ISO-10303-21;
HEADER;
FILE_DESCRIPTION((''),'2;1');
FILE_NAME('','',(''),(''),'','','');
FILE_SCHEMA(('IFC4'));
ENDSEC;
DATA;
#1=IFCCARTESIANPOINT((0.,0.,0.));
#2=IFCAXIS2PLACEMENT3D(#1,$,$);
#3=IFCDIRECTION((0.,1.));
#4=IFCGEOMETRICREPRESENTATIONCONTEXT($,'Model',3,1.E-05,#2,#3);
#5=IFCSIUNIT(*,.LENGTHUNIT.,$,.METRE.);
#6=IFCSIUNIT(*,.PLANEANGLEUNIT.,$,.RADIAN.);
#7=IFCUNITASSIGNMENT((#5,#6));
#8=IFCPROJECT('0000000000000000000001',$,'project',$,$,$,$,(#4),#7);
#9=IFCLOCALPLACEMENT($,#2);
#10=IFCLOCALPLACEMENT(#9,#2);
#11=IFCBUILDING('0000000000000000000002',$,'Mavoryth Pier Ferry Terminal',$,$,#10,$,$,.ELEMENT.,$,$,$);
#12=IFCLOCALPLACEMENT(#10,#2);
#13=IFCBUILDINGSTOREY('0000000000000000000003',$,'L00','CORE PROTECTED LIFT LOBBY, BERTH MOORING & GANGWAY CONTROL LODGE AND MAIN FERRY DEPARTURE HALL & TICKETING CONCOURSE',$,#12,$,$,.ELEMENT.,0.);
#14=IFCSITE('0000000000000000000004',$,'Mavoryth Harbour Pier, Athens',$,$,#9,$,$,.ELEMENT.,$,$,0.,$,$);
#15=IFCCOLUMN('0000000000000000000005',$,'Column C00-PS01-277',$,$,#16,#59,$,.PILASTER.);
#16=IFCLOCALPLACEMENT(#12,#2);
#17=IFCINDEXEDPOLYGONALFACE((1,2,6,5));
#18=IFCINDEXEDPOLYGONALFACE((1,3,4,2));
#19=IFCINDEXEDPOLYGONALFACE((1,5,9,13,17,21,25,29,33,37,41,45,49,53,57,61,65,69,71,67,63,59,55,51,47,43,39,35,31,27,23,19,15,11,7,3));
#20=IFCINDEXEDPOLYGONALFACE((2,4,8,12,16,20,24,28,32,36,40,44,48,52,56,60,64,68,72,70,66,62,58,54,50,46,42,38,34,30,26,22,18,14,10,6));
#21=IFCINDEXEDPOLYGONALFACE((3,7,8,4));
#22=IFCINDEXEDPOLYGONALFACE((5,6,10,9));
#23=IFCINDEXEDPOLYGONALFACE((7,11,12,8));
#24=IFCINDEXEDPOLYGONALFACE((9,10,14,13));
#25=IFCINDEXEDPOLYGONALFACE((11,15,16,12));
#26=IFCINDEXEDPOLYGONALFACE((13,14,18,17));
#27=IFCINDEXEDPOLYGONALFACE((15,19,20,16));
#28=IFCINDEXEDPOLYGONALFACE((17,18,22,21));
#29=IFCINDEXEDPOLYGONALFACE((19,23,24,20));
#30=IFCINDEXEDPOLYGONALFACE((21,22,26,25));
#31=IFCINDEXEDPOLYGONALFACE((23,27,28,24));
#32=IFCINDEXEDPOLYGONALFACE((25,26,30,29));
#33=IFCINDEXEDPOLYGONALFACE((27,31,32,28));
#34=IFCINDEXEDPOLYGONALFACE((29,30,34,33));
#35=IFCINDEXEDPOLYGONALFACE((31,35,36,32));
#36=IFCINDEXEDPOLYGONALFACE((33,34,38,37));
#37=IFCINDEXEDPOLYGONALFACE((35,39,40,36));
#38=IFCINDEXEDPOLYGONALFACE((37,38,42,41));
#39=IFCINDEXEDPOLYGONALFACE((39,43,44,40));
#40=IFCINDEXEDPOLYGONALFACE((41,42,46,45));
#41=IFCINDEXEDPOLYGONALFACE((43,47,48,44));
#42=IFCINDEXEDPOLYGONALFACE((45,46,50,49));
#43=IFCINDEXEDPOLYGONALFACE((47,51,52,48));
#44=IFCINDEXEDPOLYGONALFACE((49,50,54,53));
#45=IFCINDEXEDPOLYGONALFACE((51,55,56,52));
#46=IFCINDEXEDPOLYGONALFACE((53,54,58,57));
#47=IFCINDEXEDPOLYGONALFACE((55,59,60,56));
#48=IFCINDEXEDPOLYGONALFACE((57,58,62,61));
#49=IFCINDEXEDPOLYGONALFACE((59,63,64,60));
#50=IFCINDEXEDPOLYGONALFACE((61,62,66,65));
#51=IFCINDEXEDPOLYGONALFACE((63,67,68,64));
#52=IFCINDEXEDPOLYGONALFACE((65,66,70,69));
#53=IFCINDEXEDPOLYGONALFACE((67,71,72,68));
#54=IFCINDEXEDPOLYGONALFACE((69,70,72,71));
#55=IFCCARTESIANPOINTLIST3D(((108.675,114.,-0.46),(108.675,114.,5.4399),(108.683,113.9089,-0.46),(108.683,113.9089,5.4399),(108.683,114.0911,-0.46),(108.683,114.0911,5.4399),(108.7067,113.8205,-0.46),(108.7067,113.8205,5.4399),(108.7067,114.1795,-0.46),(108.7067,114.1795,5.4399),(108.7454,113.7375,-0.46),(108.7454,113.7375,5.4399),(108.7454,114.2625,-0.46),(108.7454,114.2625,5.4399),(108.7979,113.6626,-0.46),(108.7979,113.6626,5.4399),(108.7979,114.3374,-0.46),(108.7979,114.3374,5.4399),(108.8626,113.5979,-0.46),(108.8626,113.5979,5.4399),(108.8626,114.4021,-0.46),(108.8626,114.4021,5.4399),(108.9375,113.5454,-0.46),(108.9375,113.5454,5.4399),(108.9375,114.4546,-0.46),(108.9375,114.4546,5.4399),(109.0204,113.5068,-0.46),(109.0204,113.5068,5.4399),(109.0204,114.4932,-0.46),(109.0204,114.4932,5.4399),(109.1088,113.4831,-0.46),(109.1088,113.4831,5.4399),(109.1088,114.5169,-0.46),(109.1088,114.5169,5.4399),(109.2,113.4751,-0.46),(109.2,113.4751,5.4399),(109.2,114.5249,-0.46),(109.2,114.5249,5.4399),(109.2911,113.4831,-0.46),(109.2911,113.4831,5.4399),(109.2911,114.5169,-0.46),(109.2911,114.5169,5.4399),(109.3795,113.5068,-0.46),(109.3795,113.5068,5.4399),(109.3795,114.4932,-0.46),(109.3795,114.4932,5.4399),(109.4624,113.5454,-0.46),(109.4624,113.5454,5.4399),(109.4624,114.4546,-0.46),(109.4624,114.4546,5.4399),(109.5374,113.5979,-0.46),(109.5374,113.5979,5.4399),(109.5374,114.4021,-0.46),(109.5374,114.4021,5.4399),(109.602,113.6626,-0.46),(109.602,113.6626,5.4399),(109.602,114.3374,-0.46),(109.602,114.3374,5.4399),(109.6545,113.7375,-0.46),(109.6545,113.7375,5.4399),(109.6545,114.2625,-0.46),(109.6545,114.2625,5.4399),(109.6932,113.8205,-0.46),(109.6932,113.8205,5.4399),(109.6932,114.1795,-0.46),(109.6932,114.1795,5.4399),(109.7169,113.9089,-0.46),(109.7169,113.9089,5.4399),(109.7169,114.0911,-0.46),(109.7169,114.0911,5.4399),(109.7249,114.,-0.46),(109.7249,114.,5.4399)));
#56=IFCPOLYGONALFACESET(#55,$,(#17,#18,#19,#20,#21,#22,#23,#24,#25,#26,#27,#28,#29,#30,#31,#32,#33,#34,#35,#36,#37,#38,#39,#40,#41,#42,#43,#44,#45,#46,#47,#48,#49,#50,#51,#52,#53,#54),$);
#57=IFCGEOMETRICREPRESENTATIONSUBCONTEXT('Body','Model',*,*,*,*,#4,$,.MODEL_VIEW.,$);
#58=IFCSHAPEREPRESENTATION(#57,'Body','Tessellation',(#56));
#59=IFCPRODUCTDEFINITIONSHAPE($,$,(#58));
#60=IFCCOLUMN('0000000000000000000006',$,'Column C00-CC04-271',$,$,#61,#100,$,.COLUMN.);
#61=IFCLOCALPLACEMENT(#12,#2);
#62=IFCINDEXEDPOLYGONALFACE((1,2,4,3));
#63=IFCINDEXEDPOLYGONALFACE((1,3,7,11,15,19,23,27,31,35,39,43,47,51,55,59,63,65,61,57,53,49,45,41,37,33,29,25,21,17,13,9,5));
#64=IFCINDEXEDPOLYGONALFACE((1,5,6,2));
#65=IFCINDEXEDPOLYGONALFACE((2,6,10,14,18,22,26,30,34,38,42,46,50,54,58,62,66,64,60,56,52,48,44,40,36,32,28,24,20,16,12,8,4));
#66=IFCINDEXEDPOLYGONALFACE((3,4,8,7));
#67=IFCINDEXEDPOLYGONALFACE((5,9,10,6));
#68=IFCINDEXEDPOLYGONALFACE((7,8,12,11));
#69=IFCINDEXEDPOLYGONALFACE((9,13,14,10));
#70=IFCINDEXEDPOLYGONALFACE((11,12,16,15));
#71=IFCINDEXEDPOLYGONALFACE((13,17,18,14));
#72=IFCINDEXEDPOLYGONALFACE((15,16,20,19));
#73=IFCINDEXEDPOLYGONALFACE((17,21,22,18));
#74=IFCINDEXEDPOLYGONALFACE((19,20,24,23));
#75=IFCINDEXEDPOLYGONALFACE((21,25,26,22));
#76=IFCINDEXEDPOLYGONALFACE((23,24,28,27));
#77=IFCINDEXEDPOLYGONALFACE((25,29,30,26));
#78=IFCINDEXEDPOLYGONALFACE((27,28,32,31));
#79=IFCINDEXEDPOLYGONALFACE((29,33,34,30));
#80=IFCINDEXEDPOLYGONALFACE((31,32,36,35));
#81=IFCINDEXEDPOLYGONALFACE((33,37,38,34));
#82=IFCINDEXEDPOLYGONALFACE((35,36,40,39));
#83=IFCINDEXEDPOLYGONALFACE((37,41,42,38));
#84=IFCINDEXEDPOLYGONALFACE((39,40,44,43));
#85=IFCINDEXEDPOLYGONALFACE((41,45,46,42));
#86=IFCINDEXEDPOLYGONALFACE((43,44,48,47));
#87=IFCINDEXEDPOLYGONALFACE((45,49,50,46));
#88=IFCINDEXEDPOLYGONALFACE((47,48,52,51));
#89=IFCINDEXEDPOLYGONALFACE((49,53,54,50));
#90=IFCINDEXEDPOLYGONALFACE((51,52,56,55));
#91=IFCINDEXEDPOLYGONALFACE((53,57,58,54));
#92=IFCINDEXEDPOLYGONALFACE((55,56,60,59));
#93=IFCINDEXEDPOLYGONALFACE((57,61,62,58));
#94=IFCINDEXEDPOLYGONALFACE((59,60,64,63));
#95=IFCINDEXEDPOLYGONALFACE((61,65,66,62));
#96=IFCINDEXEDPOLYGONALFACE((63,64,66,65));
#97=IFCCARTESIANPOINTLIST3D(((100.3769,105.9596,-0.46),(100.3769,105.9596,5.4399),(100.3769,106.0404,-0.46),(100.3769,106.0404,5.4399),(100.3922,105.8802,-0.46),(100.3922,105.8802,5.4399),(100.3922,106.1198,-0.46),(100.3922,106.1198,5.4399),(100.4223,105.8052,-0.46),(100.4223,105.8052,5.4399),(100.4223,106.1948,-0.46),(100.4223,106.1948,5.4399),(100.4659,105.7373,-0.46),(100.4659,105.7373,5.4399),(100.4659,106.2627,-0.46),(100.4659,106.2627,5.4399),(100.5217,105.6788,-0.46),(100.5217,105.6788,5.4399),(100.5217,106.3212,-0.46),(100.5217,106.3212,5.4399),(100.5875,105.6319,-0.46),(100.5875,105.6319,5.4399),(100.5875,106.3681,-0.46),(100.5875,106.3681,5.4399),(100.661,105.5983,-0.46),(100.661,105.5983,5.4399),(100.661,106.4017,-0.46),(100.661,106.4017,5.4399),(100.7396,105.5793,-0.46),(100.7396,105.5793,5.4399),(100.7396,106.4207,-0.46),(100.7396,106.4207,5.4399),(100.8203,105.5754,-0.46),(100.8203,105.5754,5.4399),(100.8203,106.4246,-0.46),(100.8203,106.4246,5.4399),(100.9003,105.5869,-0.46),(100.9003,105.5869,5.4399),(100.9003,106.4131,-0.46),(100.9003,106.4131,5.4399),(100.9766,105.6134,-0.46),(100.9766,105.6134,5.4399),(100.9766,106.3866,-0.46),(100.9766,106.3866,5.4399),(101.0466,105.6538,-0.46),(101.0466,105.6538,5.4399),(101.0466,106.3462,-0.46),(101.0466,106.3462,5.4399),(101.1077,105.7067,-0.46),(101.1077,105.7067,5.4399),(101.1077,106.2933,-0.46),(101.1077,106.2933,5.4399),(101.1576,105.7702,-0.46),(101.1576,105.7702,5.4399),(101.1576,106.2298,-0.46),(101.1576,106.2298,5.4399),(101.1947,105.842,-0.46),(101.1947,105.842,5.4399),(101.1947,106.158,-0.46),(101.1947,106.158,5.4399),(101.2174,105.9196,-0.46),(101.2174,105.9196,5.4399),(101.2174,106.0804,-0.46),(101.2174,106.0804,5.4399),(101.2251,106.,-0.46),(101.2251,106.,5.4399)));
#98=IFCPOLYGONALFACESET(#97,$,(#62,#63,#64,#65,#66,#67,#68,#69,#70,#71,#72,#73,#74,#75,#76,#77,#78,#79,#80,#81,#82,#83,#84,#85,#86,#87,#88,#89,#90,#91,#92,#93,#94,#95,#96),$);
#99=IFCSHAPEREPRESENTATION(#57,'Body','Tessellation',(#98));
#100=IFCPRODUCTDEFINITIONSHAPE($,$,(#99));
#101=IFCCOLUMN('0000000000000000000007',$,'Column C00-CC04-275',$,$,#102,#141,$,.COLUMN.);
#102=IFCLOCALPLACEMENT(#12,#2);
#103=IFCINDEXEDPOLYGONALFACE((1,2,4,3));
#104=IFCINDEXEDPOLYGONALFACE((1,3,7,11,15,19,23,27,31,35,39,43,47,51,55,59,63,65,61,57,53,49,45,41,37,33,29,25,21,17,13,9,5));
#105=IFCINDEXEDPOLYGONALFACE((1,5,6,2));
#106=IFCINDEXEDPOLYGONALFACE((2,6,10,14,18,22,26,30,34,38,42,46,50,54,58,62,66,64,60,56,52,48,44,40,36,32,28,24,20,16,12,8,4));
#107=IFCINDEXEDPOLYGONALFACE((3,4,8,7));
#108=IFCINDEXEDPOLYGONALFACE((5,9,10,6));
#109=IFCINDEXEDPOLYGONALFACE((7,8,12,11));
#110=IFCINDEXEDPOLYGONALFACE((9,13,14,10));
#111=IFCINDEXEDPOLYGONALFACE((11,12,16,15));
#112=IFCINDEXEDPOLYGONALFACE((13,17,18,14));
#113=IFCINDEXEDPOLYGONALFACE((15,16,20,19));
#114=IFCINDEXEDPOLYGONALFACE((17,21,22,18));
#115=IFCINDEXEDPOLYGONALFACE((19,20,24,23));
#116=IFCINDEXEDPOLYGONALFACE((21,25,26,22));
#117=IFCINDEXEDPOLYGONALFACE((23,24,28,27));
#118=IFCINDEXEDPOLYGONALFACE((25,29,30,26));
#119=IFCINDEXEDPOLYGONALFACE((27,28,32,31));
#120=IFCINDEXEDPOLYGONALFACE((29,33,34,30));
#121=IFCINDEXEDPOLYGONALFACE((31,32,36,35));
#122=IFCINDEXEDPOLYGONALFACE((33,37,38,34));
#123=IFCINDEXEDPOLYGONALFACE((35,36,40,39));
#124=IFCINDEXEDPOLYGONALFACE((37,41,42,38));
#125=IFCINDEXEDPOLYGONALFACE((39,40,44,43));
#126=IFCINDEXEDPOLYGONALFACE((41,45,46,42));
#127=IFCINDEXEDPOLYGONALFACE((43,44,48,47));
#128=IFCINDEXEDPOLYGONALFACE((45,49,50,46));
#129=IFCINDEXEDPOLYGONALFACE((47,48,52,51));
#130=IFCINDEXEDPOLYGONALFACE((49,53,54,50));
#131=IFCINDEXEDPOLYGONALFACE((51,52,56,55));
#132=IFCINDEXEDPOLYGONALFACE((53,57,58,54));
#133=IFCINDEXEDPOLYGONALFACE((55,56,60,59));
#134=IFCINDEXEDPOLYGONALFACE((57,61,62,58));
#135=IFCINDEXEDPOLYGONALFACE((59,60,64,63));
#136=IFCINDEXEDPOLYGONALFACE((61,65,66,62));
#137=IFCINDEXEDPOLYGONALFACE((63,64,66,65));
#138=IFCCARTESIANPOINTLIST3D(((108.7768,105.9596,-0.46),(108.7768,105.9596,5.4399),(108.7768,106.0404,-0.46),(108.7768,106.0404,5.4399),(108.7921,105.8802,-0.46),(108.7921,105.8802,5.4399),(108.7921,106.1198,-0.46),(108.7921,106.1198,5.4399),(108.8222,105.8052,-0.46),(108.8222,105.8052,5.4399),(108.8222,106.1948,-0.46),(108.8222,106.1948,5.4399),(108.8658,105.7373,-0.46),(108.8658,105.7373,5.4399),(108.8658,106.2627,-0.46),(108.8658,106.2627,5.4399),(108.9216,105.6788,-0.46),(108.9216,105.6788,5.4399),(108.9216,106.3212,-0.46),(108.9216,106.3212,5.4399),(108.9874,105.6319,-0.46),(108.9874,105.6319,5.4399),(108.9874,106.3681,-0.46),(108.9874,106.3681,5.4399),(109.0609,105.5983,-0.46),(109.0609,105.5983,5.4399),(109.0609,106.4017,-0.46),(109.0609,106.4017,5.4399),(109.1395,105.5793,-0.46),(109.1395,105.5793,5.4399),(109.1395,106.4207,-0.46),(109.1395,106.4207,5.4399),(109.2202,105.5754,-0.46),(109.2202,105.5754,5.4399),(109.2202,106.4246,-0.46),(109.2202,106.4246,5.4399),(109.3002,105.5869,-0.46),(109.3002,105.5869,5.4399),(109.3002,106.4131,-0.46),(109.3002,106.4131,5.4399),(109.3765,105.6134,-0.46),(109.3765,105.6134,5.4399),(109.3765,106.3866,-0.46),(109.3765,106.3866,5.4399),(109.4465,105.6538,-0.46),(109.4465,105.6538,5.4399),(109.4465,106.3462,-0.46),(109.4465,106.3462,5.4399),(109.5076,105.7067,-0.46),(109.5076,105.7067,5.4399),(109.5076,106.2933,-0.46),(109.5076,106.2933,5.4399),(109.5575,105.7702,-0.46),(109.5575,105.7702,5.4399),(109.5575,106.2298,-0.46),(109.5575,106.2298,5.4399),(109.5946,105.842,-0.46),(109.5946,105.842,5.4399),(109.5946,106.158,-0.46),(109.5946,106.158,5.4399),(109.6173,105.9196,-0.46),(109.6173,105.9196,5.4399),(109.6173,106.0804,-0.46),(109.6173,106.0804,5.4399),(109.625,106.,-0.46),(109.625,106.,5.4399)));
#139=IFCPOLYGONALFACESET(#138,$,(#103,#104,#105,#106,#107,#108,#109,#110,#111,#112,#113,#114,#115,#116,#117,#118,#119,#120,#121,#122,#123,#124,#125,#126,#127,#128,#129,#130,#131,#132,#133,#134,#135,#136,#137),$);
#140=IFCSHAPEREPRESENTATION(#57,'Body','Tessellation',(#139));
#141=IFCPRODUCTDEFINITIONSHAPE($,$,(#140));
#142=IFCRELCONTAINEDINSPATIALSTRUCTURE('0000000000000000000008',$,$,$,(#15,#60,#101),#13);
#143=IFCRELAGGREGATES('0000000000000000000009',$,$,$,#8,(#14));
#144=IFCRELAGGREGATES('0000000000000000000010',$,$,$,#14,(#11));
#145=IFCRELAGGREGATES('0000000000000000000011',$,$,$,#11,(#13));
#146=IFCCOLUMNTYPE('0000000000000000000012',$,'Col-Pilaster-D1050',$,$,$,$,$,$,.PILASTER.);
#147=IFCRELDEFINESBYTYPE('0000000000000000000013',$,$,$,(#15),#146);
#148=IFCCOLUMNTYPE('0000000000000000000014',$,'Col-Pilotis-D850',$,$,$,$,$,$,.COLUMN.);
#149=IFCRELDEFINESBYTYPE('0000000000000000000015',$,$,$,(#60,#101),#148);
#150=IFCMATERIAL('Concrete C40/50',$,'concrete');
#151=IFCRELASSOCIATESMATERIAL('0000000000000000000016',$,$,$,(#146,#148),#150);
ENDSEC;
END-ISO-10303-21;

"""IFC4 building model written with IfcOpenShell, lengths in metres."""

from ifc_helpers import new_model, si_unit, direction, frame, origin, origin_2d, place, context, subcontext, project, spatial, circle, extrude, material, material_profile, profile_set, type_object, element, save


model = new_model("IFC4")

# Units and contexts
model_context = context("Model", 3, precision=1e-05, world=origin(), true_north=direction((0.0, 1.0)))
body_context = subcontext(model_context, "Body", "Model", "MODEL_VIEW")
ifc_project = project(units=[si_unit("LENGTHUNIT", "METRE"), si_unit("PLANEANGLEUNIT", "RADIAN")], contexts=[model_context])

# Site, building, storey
site_placement = place(None, origin())
site = spatial("IfcSite", under=ifc_project, at=site_placement, Name="Mavoryth Harbour Pier, Athens", CompositionType="ELEMENT", RefElevation=0.0)
building_placement = place(site_placement, origin())
building = spatial("IfcBuilding", under=site, at=building_placement, Name="Mavoryth Pier Ferry Terminal", CompositionType="ELEMENT")
storey_placement = place(building_placement, origin())
storey = spatial("IfcBuildingStorey", under=building, at=storey_placement, Name="L00", Description="CORE PROTECTED LIFT LOBBY, BERTH MOORING & GANGWAY CONTROL LODGE AND MAIN FERRY DEPARTURE HALL & TICKETING CONCOURSE", CompositionType="ELEMENT", Elevation=0.0)

# Columns
ifc_material_1 = material(Name="Concrete C40/50", Category="concrete")
ifc_material_profile_1 = material_profile(ifc_material_1, circle(Radius=0.5249, at=origin_2d()), Name="RC D1050", Category="concrete")
ifc_profile_set_1 = profile_set([ifc_material_profile_1], Name="Concrete C40/50 - RC D1050")
column_type_1 = type_object("IfcColumnType", Name="Col-Pilaster-D1050", PredefinedType="PILASTER", material=ifc_profile_set_1)
for number, where, z_axis, x_axis, name in (
    (1, (109.2, 114.0, -0.46), (0.0, 0.0, 1.0), (1.0, 0.0, 0.0), "Column C00-PS01-277"),
):
    element("IfcColumn", number, at=place(storey_placement, frame(where, z_axis=z_axis, x_axis=x_axis)), inside=storey, type_object=column_type_1, Name=name, PredefinedType="PILASTER", context=body_context, shape_type="SweptSolid", body=[
        extrude(circle(Radius=0.5249, at=origin_2d()), origin(), (0.0, 0.0, 1.0), 5.8999),
    ])
ifc_material_profile_2 = material_profile(ifc_material_1, circle(Radius=0.425, at=origin_2d()), Name="RC D850", Category="concrete")
ifc_profile_set_2 = profile_set([ifc_material_profile_2], Name="Concrete C40/50 - RC D850")
column_type_2 = type_object("IfcColumnType", Name="Col-Pilotis-D850", PredefinedType="COLUMN", material=ifc_profile_set_2)
for number, where, z_axis, x_axis, name in (
    (2, (100.8, 106.0, -0.46), (0.0, 0.0, 1.0), (1.0, 0.0, 0.0), "Column C00-CC04-271"),
    (3, (109.2, 106.0, -0.46), (0.0, 0.0, 1.0), (1.0, 0.0, 0.0), "Column C00-CC04-275"),
):
    element("IfcColumn", number, at=place(storey_placement, frame(where, z_axis=z_axis, x_axis=x_axis)), inside=storey, type_object=column_type_2, Name=name, PredefinedType="COLUMN", context=body_context, shape_type="SweptSolid", body=[
        extrude(circle(Radius=0.425, at=origin_2d()), origin(), (0.0, 0.0, 1.0), 5.8999),
    ])

save(model, "model.ifc")
